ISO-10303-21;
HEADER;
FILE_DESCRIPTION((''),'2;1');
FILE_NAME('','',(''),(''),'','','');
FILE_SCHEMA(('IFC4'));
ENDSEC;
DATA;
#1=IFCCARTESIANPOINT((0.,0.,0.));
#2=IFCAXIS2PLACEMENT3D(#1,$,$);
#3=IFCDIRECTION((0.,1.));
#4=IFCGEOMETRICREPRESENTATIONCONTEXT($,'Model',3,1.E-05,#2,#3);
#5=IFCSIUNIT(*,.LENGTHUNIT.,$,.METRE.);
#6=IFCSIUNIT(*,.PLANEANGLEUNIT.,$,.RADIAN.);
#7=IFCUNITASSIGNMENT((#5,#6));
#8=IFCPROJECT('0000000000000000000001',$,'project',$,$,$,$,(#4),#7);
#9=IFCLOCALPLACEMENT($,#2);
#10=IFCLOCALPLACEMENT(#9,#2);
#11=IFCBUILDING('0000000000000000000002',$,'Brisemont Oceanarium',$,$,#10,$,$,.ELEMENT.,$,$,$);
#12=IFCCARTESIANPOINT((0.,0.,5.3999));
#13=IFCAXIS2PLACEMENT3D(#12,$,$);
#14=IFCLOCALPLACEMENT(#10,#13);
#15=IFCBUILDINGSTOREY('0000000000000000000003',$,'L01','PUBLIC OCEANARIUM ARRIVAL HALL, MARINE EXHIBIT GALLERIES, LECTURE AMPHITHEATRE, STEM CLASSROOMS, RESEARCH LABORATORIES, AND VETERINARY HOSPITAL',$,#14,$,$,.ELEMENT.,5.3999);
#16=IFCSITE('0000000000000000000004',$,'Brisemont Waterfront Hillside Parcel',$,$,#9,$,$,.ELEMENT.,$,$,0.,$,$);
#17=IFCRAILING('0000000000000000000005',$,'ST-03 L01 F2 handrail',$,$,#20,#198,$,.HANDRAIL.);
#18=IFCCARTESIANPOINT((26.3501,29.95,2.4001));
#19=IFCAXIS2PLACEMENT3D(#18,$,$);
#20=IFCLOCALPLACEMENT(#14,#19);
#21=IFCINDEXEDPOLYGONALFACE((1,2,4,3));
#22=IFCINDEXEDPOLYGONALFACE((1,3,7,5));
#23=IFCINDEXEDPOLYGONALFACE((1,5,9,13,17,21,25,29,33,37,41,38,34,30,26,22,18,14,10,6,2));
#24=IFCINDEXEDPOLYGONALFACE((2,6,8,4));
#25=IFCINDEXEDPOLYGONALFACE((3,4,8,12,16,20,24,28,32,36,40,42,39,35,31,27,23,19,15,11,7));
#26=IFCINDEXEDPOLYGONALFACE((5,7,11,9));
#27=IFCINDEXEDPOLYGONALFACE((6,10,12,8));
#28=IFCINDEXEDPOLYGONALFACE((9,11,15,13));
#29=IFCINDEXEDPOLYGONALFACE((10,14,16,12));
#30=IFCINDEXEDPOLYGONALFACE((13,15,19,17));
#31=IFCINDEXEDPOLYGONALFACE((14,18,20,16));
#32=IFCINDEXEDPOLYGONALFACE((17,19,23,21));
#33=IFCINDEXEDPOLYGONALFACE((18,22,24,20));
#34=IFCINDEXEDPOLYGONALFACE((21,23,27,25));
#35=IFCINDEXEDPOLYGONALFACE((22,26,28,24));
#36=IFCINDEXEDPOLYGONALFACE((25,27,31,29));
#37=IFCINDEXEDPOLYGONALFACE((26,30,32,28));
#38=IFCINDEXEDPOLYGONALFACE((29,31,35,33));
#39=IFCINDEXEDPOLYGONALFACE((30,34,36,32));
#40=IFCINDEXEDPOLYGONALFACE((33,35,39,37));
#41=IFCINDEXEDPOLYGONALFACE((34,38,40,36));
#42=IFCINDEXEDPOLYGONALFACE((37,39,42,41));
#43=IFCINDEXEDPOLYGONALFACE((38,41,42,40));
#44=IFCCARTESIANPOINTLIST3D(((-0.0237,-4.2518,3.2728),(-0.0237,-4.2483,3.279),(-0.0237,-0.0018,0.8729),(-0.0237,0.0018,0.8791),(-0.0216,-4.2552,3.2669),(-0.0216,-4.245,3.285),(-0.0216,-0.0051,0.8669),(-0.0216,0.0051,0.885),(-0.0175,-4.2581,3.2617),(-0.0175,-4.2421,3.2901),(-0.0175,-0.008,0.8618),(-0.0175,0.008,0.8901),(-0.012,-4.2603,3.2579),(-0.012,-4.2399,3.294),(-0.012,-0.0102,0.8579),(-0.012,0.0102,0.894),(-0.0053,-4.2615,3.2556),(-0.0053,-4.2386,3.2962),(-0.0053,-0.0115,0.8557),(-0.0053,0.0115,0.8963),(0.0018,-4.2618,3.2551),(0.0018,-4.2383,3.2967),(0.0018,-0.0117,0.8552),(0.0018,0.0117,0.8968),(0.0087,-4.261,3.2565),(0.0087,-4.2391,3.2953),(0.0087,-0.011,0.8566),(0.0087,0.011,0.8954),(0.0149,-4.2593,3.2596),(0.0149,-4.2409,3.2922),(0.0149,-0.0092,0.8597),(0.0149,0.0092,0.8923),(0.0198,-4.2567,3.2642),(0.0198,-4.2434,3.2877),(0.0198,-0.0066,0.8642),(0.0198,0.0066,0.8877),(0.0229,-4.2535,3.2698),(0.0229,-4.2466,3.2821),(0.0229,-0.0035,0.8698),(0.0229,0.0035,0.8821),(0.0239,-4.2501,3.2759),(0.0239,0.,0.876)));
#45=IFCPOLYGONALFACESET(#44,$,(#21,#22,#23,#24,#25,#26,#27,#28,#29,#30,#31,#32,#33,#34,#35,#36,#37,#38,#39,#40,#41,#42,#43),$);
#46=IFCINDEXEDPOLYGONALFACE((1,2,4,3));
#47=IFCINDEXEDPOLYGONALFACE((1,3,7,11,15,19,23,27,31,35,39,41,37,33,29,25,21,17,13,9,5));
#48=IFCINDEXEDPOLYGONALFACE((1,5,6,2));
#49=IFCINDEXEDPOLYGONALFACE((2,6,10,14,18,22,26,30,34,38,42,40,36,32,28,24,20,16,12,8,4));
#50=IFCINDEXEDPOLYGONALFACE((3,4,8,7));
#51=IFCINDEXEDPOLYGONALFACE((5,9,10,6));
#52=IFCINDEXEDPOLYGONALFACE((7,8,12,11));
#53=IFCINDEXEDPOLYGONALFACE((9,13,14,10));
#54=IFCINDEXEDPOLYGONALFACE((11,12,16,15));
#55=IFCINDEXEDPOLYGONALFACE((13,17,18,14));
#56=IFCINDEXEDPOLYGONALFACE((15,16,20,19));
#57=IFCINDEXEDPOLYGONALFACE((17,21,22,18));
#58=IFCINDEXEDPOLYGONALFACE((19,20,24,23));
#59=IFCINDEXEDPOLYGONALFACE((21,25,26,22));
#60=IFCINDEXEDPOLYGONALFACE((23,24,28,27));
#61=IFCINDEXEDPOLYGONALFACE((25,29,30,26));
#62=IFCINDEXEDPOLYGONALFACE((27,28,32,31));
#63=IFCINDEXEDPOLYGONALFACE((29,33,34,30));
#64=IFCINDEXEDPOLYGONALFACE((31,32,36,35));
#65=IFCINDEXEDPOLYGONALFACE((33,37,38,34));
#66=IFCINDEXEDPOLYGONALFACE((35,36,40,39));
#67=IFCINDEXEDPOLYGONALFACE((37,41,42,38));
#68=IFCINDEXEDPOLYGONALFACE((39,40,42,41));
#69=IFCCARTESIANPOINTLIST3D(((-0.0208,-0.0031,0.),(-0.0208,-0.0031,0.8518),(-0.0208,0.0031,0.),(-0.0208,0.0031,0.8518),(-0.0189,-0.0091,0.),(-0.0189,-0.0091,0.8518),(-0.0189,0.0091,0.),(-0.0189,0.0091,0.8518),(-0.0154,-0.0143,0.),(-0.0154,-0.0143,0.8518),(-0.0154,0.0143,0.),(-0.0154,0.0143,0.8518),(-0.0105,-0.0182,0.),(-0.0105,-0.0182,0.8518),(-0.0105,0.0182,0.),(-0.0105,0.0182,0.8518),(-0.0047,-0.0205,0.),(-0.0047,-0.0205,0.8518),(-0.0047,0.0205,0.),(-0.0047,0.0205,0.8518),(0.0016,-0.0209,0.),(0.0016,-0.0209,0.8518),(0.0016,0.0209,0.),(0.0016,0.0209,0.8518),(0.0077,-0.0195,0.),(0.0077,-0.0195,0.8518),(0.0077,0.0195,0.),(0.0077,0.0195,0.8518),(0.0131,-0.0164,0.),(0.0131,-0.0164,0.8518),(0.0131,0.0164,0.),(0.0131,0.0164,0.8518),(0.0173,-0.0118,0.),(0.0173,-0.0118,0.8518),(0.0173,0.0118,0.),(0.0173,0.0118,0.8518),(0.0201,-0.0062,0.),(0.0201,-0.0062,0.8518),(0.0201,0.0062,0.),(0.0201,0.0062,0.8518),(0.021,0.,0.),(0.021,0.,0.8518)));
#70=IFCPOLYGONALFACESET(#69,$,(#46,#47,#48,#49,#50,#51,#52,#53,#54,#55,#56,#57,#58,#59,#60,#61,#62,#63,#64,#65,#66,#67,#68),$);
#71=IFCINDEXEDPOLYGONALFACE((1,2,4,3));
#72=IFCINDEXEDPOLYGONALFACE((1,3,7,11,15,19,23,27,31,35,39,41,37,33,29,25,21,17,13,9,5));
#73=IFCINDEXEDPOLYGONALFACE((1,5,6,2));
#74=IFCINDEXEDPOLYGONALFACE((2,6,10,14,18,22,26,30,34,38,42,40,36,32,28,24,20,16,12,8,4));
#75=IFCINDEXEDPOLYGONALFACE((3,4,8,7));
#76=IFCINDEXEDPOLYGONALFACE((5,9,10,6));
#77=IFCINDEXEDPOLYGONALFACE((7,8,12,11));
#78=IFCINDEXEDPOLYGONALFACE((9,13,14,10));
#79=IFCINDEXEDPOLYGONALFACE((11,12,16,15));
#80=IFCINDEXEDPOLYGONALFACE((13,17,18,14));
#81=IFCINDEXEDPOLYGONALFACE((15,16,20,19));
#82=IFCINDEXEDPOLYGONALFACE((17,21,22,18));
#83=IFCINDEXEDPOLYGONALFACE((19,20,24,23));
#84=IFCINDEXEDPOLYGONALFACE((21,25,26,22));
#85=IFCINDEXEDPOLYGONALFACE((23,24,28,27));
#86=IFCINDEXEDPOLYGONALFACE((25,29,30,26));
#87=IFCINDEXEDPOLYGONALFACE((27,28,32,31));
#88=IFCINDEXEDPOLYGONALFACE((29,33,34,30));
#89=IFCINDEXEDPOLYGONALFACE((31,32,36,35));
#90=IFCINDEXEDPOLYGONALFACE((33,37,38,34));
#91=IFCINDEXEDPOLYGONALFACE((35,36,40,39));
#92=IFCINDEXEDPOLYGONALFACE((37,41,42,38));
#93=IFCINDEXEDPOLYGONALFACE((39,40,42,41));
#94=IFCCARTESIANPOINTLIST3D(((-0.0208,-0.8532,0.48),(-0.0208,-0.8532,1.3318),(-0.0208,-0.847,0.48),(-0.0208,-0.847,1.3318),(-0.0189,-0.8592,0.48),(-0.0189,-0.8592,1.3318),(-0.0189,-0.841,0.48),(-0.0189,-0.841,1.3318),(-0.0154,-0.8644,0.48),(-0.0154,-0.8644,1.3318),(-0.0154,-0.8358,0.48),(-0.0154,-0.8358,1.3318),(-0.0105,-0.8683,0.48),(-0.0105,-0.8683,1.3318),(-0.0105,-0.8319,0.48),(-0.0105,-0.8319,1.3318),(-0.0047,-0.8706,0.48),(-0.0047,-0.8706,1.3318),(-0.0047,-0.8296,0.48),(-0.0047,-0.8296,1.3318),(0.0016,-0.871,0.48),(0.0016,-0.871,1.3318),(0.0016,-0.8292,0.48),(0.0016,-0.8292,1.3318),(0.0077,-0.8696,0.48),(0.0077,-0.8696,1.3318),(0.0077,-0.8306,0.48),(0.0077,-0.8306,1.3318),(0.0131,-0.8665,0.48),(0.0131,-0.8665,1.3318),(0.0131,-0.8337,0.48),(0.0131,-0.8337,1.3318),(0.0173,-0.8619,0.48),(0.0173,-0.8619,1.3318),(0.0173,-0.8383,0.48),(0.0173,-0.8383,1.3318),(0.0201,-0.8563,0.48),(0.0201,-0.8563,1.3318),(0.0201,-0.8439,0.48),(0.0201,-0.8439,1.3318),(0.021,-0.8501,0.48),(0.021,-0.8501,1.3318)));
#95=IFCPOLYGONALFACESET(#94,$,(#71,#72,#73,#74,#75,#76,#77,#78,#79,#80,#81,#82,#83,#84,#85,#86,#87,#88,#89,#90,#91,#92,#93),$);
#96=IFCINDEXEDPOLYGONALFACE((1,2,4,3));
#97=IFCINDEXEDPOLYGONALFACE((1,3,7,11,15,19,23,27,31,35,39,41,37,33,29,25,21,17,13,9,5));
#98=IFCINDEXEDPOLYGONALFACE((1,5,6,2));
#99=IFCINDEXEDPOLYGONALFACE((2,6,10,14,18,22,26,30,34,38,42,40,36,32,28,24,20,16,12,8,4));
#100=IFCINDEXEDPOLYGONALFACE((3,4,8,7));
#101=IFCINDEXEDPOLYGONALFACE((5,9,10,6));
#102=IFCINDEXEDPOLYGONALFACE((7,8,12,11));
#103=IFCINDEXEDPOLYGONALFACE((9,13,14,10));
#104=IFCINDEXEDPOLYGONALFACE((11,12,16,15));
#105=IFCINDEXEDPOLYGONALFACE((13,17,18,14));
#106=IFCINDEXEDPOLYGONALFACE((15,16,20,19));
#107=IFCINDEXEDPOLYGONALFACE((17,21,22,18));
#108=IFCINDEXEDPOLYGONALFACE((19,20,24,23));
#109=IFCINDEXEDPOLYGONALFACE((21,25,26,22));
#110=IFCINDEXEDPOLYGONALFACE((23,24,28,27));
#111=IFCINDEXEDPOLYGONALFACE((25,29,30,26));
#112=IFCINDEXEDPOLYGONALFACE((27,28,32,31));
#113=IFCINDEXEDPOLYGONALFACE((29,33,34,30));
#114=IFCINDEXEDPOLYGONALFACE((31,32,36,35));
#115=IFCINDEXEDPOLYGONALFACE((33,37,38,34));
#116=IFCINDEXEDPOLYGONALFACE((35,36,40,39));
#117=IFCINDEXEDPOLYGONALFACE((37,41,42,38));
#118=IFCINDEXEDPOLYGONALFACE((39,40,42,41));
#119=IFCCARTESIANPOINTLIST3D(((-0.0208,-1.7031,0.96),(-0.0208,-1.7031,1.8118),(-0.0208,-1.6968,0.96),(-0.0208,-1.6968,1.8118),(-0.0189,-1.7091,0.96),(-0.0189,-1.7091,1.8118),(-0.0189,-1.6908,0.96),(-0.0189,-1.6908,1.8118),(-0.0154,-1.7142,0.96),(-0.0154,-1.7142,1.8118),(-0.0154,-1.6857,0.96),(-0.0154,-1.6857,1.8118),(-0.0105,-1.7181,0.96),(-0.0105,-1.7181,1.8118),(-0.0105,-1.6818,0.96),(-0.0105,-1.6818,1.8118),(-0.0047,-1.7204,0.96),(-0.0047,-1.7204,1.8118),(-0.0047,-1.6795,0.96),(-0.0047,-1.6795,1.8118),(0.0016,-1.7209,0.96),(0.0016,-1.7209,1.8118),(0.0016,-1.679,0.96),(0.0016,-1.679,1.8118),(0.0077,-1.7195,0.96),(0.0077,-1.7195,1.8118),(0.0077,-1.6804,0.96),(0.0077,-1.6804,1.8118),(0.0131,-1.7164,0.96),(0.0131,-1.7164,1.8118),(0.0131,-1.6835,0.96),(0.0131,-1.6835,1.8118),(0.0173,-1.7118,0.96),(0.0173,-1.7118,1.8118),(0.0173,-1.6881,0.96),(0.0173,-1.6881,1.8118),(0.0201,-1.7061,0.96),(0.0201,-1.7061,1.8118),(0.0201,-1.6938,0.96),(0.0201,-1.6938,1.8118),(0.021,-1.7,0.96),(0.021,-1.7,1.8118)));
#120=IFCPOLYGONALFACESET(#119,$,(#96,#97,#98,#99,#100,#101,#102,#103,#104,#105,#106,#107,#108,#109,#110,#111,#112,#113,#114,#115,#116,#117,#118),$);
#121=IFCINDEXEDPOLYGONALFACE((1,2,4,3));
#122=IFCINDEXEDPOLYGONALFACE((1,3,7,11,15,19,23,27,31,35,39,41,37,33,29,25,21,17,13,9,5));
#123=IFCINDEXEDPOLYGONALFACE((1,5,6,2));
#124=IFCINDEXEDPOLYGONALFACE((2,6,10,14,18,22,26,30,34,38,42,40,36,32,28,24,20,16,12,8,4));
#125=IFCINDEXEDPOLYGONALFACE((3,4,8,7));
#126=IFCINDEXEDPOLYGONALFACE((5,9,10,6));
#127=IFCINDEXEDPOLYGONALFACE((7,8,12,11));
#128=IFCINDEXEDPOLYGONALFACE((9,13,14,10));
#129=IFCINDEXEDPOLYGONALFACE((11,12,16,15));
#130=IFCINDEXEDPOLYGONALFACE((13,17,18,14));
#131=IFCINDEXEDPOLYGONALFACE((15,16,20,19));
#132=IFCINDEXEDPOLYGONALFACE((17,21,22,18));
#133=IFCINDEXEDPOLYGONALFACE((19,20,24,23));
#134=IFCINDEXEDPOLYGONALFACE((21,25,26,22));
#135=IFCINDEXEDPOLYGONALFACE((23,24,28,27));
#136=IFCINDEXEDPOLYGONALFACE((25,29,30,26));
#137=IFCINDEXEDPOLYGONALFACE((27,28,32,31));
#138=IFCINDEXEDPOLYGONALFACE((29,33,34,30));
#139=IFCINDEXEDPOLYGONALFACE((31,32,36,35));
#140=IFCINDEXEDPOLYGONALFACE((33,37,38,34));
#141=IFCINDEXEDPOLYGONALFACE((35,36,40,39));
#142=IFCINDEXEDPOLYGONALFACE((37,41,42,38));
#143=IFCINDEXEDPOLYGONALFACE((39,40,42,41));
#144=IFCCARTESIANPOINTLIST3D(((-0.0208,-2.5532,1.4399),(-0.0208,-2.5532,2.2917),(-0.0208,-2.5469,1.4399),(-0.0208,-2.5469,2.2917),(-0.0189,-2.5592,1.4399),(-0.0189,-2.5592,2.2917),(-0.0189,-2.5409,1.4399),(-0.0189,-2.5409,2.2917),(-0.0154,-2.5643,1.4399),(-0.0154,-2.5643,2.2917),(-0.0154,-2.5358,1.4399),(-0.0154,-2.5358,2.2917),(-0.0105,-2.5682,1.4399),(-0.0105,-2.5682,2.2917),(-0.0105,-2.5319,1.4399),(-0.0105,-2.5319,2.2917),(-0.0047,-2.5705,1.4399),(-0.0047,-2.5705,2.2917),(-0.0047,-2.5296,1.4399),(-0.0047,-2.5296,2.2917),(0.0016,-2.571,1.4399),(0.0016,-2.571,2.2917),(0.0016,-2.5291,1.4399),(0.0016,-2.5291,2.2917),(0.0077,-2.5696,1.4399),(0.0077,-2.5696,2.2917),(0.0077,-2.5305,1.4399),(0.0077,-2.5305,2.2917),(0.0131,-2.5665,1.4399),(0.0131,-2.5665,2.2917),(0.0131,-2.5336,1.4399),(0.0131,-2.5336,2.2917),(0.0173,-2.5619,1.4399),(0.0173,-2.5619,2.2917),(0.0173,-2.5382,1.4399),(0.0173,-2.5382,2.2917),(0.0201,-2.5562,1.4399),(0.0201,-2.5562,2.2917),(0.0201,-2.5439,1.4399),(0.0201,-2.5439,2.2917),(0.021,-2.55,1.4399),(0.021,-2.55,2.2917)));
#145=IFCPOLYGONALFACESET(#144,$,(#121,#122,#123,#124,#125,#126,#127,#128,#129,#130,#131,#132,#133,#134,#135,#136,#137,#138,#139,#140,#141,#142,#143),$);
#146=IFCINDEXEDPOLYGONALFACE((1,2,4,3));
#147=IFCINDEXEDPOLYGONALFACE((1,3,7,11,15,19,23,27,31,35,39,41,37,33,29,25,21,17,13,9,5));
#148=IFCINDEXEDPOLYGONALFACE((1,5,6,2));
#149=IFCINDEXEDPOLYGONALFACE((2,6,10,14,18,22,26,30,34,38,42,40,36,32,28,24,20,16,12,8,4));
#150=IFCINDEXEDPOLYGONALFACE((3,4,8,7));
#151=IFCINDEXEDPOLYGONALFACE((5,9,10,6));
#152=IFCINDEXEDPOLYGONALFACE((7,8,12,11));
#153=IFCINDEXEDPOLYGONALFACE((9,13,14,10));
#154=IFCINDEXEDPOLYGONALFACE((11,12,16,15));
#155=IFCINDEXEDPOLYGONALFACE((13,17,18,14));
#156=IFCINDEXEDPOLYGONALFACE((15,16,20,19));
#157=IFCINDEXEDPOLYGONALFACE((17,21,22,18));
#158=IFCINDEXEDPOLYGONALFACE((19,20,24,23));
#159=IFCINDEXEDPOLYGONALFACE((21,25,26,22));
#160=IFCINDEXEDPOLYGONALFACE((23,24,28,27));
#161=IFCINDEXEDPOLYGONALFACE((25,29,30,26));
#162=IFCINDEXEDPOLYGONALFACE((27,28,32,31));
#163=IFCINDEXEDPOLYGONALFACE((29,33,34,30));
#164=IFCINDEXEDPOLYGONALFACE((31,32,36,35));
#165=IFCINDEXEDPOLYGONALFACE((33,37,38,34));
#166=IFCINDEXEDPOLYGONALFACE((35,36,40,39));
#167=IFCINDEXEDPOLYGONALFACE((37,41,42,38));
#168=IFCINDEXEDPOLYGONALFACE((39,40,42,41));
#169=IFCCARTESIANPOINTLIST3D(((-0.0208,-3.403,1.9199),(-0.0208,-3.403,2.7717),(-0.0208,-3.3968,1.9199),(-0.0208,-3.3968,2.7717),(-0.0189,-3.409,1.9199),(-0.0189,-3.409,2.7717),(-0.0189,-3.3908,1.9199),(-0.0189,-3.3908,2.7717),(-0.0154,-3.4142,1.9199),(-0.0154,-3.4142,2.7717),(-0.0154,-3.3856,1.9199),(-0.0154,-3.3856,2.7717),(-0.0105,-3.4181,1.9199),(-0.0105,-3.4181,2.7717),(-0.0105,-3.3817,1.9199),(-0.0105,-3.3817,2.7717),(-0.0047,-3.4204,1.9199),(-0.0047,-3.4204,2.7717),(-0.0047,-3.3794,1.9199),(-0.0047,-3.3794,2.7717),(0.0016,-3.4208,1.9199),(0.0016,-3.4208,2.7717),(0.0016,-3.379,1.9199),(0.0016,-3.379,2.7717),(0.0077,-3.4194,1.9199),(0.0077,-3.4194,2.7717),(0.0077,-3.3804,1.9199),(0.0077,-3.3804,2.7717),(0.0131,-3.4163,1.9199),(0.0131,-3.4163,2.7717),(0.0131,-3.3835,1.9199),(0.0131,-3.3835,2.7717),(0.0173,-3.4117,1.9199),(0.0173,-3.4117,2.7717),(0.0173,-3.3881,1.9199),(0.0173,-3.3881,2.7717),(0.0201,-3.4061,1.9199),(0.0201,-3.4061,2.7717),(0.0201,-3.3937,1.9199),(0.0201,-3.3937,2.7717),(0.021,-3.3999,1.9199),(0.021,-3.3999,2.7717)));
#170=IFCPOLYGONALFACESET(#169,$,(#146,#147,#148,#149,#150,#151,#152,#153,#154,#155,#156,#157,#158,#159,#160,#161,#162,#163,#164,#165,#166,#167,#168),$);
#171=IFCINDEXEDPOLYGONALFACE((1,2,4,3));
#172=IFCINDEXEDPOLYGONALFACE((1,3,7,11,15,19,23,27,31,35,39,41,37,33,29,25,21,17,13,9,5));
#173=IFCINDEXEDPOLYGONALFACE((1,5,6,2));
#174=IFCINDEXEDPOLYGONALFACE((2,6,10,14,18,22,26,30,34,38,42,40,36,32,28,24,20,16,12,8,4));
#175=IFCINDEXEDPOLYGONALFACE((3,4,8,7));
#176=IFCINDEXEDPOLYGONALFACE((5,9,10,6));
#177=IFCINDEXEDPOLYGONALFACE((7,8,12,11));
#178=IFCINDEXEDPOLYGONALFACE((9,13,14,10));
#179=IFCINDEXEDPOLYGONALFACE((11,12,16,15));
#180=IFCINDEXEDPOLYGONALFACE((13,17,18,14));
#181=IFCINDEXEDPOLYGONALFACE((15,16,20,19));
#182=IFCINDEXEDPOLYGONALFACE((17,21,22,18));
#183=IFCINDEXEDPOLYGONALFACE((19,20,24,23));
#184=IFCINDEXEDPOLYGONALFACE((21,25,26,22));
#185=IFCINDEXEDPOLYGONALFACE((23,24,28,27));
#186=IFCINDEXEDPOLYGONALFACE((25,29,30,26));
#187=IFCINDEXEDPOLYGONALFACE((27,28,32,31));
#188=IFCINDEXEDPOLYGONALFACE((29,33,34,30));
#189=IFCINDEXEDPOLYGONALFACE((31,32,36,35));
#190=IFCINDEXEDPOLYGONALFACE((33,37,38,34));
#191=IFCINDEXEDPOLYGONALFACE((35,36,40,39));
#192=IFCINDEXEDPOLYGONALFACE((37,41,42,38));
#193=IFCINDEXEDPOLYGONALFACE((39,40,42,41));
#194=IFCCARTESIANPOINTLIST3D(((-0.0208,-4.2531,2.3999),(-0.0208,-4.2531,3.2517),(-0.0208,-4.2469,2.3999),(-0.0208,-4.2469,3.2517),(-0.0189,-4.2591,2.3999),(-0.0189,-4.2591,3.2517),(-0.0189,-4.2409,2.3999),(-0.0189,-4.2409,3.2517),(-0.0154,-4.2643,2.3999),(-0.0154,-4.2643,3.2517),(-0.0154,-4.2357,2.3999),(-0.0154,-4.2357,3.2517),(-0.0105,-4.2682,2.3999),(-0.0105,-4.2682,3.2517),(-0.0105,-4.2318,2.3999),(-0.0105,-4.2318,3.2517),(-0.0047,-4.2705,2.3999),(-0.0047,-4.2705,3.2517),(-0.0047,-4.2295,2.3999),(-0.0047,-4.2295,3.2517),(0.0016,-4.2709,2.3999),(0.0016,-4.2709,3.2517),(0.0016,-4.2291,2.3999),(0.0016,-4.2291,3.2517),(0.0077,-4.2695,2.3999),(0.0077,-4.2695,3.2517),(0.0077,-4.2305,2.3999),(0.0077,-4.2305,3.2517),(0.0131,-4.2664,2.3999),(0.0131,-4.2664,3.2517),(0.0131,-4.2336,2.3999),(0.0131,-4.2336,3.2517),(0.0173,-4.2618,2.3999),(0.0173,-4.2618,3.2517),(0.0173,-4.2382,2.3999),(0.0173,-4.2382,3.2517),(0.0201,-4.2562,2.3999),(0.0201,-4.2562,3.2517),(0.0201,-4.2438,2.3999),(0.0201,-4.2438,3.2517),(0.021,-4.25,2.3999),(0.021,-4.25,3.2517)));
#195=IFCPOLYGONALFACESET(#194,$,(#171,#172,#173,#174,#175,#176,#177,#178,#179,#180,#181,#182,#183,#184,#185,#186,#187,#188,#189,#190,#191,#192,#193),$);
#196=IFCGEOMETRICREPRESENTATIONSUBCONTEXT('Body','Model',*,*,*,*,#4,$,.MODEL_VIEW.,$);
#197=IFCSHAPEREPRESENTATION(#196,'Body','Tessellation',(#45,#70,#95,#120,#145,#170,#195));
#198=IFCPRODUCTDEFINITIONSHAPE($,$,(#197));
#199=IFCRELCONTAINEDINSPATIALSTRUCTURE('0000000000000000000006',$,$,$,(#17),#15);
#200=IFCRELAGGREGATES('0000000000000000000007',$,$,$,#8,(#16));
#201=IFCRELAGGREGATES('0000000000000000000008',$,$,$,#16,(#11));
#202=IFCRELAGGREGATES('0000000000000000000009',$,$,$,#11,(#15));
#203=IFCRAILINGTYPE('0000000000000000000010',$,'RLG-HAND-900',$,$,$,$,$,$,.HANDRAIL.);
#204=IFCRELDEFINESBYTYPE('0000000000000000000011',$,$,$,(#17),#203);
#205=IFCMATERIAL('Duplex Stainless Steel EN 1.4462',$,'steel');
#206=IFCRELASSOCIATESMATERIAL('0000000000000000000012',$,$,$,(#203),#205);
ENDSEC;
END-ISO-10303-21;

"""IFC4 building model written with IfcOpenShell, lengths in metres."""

from ifc_helpers import new_model, si_unit, direction, frame, origin, origin_2d, place, context, subcontext, project, spatial, circle, extrude, material, type_object, element, save


model = new_model("IFC4")

# Units and contexts
model_context = context("Model", 3, precision=1e-05, world=origin(), true_north=direction((0.0, 1.0)))
body_context = subcontext(model_context, "Body", "Model", "MODEL_VIEW")
ifc_project = project(units=[si_unit("LENGTHUNIT", "METRE"), si_unit("PLANEANGLEUNIT", "RADIAN")], contexts=[model_context])

# Site, building, storey
site_placement = place(None, origin())
site = spatial("IfcSite", under=ifc_project, at=site_placement, Name="Brisemont Waterfront Hillside Parcel", CompositionType="ELEMENT", RefElevation=0.0)
building_placement = place(site_placement, origin())
building = spatial("IfcBuilding", under=site, at=building_placement, Name="Brisemont Oceanarium", CompositionType="ELEMENT")
storey_placement = place(building_placement, frame((0.0, 0.0, 5.3999)))
storey = spatial("IfcBuildingStorey", under=building, at=storey_placement, Name="L01", Description="PUBLIC OCEANARIUM ARRIVAL HALL, MARINE EXHIBIT GALLERIES, LECTURE AMPHITHEATRE, STEM CLASSROOMS, RESEARCH LABORATORIES, AND VETERINARY HOSPITAL", CompositionType="ELEMENT", Elevation=5.3999)

# Railing
ifc_material_1 = material(Name="Duplex Stainless Steel EN 1.4462", Category="steel")
railing_type_1 = type_object("IfcRailingType", Name="RLG-HAND-900", PredefinedType="HANDRAIL", material=ifc_material_1)
railing_1_placement = place(storey_placement, frame((26.3501, 29.95, 2.4001)))
element("IfcRailing", 1, at=railing_1_placement, inside=storey, type_object=railing_type_1, Name="ST-03 L01 F2 handrail", PredefinedType="HANDRAIL", context=body_context, shape_type="SweptSolid", body=[
    extrude(circle(Radius=0.0239, at=origin_2d()), frame((0.0, 0.0, 0.876), z_axis=(0.0, -0.870762, 0.491704), x_axis=(1.0, 0.0, 0.0)), (0.0, 0.0, 1.0), 4.8809),
    extrude(circle(Radius=0.021, at=origin_2d()), origin(), (0.0, 0.0, 1.0), 0.8518),
    extrude(circle(Radius=0.021, at=origin_2d()), frame((0.0, -0.8501, 0.48)), (0.0, 0.0, 1.0), 0.8518),
    extrude(circle(Radius=0.021, at=origin_2d()), frame((0.0, -1.7, 0.96)), (0.0, 0.0, 1.0), 0.8518),
    extrude(circle(Radius=0.021, at=origin_2d()), frame((0.0, -2.55, 1.4399)), (0.0, 0.0, 1.0), 0.8518),
    extrude(circle(Radius=0.021, at=origin_2d()), frame((0.0, -3.3999, 1.9199)), (0.0, 0.0, 1.0), 0.8518),
    extrude(circle(Radius=0.021, at=origin_2d()), frame((0.0, -4.25, 2.3999)), (0.0, 0.0, 1.0), 0.8518),
])

save(model, "model.ifc")
